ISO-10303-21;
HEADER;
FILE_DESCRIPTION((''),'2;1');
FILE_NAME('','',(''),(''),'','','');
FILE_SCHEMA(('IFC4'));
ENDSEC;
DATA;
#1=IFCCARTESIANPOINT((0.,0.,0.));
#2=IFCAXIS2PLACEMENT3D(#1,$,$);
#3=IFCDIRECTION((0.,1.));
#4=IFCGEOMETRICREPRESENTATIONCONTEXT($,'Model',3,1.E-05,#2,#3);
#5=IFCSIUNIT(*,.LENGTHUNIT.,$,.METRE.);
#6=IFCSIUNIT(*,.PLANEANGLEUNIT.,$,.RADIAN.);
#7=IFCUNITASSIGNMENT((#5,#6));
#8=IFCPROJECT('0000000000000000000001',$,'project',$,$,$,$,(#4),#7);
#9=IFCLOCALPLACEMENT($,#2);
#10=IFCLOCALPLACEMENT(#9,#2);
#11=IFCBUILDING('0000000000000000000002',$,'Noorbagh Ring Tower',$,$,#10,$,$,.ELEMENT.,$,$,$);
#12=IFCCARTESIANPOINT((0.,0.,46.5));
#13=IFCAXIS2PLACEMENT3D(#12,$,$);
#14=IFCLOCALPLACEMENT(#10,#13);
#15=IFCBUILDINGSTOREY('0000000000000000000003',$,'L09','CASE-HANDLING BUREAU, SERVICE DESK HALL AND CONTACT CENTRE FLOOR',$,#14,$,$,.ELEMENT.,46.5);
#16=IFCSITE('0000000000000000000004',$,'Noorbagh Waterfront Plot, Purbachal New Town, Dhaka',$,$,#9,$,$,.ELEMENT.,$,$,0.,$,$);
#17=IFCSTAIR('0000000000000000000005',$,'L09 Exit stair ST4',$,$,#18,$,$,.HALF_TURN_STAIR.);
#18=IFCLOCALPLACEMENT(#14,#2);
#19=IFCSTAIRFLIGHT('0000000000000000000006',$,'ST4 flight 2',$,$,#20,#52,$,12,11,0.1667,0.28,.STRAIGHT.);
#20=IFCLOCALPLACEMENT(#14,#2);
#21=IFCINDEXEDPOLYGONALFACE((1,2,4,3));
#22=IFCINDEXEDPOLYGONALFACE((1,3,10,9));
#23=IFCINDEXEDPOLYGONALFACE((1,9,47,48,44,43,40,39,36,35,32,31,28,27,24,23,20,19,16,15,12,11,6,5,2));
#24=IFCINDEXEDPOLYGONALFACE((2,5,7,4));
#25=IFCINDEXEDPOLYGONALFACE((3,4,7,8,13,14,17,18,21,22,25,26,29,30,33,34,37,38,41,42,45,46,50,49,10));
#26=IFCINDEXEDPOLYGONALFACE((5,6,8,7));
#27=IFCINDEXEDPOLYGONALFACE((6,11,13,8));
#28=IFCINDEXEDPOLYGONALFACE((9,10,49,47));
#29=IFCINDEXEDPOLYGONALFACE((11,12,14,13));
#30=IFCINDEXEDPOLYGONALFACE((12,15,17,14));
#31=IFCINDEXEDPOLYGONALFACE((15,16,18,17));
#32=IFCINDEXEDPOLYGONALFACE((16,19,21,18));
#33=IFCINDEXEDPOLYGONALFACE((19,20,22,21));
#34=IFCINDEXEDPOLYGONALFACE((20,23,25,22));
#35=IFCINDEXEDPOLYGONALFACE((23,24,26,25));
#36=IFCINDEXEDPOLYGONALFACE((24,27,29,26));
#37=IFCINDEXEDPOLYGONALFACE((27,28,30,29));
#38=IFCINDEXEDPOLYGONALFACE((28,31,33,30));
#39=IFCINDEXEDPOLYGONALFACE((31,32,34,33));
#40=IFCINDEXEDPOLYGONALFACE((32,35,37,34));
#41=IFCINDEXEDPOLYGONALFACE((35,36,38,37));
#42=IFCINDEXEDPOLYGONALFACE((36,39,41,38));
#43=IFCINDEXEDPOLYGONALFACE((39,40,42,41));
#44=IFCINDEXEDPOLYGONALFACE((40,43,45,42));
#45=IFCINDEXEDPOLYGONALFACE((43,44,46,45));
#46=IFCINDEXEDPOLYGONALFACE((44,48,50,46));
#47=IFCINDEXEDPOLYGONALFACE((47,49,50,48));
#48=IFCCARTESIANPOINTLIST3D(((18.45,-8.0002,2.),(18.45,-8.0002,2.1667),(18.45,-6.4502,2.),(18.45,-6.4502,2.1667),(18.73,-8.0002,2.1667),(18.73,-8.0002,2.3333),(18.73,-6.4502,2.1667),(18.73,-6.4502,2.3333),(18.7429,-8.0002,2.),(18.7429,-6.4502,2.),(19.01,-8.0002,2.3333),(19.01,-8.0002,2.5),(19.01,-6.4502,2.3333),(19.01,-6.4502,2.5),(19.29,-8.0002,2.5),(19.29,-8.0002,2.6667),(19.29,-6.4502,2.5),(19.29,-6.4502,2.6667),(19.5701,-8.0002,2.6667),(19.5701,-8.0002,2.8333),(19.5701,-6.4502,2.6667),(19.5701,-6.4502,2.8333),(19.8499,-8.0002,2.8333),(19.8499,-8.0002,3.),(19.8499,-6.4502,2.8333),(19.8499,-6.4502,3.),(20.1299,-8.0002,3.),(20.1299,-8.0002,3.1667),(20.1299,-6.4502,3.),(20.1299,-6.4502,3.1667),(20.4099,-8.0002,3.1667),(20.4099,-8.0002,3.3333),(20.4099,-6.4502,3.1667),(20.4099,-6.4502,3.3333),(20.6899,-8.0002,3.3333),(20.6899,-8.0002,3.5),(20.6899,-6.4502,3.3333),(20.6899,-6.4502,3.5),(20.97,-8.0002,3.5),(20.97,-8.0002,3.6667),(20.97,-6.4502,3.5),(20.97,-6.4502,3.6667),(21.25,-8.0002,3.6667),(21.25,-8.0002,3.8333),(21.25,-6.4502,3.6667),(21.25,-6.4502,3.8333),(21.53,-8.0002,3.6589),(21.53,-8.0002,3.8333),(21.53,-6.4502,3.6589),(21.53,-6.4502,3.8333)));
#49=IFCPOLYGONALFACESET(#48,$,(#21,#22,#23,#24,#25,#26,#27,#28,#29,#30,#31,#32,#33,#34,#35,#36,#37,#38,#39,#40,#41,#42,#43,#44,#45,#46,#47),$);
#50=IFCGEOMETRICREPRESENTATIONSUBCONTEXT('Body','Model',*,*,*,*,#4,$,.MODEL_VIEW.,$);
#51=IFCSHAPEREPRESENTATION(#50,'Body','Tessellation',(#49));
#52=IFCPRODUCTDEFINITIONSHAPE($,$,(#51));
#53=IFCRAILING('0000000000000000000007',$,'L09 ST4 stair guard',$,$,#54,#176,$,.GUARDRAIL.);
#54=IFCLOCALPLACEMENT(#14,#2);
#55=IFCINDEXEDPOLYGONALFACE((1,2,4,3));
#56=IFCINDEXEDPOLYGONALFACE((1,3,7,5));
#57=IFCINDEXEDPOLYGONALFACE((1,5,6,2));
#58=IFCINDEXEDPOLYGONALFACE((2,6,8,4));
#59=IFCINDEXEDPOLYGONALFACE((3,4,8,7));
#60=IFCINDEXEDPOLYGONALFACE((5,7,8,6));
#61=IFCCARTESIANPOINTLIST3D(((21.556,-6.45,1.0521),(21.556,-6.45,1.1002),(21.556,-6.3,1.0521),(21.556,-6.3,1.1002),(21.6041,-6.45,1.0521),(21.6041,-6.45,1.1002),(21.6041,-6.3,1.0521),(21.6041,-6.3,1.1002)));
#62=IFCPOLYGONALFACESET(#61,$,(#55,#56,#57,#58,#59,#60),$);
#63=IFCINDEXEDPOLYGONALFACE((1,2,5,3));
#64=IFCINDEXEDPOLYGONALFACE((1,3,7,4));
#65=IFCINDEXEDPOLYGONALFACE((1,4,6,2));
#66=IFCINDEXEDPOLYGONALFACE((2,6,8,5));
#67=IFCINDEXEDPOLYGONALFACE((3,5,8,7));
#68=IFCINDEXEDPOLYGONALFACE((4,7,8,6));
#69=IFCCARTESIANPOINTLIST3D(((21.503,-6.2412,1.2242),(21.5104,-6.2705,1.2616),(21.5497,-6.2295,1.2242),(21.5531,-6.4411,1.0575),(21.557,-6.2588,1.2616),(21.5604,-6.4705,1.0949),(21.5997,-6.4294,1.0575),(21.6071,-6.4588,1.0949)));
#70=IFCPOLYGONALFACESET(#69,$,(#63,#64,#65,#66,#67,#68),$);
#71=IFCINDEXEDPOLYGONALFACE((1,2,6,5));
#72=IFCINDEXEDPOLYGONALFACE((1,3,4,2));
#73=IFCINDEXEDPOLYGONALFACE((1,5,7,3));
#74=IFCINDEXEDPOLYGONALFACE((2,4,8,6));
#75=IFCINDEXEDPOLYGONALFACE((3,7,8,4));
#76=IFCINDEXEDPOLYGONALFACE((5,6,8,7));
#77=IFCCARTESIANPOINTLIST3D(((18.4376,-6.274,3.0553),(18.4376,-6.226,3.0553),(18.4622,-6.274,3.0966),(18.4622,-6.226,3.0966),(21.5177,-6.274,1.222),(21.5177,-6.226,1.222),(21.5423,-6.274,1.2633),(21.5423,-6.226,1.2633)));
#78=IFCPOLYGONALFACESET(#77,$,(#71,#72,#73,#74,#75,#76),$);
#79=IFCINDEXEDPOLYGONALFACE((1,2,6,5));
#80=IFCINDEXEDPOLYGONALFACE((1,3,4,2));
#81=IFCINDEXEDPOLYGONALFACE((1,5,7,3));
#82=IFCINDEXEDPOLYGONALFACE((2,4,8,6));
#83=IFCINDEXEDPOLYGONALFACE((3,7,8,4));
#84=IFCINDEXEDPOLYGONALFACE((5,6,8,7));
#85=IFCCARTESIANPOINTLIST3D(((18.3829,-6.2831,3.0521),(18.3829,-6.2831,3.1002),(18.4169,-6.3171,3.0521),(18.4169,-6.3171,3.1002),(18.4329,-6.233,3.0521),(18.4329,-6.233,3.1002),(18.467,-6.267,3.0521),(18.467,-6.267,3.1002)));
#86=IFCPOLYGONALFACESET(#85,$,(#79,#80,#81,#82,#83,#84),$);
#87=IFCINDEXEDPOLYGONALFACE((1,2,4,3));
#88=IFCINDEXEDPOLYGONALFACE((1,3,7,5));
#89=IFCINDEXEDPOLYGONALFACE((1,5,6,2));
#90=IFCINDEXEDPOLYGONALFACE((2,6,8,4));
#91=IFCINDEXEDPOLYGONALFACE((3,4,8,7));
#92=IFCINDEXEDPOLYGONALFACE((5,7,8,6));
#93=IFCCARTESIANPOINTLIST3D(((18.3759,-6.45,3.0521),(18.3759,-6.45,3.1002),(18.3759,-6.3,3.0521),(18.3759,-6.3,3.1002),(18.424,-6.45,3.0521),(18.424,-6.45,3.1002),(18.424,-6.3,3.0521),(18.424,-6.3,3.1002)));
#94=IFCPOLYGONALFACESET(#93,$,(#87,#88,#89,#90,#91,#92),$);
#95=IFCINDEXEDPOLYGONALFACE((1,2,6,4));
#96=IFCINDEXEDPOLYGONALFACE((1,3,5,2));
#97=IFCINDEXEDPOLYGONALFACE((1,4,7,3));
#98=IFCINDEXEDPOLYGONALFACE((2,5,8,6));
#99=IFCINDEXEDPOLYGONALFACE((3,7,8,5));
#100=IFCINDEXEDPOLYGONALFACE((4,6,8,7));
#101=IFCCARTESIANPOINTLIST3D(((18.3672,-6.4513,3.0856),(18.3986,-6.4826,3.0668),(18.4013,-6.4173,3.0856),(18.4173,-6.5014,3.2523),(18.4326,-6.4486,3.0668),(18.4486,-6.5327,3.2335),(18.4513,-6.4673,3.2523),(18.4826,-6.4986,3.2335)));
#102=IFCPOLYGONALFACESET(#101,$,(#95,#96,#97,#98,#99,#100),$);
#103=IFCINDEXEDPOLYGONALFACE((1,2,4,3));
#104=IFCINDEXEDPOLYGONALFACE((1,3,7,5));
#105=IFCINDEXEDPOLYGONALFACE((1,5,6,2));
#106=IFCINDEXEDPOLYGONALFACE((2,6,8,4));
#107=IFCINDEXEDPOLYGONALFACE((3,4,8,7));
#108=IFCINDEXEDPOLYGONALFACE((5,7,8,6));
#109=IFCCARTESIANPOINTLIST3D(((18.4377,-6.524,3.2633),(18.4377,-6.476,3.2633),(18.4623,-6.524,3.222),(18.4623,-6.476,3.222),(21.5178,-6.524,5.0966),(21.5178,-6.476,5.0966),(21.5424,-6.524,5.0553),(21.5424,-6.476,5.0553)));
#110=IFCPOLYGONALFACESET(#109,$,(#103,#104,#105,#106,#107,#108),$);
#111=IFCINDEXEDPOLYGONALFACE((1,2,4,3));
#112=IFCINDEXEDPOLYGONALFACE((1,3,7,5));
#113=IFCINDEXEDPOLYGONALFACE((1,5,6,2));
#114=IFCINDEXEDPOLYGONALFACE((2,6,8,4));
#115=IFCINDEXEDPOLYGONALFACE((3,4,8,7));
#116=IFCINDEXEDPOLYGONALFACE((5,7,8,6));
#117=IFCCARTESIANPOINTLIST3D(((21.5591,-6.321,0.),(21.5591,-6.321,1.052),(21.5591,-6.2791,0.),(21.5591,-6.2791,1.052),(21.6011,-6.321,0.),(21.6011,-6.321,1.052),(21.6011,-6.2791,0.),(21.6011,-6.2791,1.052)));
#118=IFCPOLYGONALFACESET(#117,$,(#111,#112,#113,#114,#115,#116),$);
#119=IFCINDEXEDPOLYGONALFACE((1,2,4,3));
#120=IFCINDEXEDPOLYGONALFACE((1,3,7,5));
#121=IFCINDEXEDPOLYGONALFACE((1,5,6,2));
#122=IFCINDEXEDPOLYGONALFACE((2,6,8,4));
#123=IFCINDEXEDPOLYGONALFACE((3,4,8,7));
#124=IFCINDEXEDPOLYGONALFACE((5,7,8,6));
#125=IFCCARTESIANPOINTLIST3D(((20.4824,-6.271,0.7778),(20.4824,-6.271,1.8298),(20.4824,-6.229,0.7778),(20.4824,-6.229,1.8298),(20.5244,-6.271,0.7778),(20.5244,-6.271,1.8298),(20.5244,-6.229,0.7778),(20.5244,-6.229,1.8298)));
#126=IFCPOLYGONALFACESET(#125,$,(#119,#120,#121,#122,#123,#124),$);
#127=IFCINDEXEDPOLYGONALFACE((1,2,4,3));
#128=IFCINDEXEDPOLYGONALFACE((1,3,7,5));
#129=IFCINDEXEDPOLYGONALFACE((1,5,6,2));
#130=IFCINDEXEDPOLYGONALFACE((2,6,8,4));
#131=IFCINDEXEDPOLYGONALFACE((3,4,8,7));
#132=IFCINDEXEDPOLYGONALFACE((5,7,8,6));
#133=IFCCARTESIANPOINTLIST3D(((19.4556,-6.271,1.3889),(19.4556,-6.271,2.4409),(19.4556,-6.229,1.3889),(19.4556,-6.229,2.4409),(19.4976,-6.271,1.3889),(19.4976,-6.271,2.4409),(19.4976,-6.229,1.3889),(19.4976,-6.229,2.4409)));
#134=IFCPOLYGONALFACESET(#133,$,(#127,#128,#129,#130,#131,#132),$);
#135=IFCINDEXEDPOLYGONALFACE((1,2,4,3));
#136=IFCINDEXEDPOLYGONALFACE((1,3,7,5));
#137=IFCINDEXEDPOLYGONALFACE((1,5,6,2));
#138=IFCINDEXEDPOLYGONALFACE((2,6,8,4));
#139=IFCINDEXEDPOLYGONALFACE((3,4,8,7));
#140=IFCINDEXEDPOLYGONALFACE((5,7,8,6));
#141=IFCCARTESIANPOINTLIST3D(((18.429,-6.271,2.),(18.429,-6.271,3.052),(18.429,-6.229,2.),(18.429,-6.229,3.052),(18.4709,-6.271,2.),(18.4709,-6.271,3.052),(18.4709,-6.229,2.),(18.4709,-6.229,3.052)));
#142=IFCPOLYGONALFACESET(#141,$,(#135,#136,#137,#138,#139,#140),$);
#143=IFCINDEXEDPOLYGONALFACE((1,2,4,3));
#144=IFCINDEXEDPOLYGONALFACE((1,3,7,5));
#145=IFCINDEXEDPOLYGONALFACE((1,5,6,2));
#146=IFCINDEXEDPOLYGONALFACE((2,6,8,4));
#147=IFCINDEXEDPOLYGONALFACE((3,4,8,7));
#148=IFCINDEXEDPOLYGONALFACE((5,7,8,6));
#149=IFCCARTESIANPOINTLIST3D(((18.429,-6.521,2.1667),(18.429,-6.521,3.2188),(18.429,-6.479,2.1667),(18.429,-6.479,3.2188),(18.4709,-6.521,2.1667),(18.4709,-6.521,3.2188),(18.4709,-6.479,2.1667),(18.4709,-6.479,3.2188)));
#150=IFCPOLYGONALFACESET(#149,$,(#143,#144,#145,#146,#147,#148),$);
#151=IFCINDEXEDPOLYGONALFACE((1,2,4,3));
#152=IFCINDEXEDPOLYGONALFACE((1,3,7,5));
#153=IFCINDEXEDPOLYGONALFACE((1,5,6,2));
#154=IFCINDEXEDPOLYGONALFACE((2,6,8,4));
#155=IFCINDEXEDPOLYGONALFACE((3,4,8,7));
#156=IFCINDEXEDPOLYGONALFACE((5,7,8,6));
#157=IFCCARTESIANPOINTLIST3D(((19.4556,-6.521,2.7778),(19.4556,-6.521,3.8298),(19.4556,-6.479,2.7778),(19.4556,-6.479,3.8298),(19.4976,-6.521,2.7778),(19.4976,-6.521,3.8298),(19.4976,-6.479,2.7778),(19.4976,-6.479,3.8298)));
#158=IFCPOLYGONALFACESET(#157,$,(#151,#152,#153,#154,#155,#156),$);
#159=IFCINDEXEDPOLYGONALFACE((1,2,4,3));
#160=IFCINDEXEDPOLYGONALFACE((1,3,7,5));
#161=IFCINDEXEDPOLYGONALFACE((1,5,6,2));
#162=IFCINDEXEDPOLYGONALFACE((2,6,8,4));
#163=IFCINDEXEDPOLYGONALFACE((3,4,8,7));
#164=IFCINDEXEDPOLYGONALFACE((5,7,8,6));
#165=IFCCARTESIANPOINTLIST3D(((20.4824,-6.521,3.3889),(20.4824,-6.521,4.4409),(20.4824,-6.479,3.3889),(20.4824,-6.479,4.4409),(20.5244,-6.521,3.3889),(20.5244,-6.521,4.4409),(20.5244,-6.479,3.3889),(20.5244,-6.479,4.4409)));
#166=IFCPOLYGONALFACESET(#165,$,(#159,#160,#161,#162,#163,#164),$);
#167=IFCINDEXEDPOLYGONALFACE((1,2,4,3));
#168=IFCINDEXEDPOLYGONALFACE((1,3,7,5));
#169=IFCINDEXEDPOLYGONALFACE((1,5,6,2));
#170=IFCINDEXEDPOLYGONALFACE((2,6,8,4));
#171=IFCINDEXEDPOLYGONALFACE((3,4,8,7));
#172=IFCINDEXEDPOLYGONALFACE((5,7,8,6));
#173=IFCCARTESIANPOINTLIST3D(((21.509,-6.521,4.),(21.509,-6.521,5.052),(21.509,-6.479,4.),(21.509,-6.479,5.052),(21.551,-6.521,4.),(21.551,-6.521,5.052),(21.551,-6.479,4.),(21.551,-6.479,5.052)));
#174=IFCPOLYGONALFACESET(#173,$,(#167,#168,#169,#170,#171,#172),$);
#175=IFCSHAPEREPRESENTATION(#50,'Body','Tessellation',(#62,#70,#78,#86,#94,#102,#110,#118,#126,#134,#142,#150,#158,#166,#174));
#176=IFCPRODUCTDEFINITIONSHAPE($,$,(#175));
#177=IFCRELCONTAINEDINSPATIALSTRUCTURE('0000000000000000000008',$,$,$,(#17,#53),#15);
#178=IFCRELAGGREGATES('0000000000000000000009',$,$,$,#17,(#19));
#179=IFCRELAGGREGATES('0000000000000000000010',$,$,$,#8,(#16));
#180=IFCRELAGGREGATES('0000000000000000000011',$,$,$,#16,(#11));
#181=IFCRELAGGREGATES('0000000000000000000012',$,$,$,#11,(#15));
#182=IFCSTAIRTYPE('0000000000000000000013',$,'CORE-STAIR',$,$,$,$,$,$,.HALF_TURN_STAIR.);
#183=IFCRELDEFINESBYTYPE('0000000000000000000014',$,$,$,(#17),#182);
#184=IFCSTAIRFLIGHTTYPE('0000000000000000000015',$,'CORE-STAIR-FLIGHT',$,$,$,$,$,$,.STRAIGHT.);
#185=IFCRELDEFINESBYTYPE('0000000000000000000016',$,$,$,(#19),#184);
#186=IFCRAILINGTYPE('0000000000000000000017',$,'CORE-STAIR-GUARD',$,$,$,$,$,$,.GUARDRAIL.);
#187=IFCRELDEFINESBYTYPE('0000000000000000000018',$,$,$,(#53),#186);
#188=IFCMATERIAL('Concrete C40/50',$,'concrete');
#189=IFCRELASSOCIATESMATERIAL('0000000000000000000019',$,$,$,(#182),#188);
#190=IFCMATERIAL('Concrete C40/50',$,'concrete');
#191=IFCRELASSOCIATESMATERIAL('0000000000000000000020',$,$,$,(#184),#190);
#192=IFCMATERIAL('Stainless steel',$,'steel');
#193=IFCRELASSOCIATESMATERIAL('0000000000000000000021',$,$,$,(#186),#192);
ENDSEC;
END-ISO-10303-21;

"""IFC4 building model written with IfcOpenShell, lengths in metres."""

from ifc_helpers import new_model, si_unit, direction, frame, origin, origin_2d, place, context, subcontext, project, spatial, polyline, rectangle, outline, extrude, material, type_object, element, aggregate, save


model = new_model("IFC4")

# Units and contexts
model_context = context("Model", 3, precision=1e-05, world=origin(), true_north=direction((0.0, 1.0)))
body_context = subcontext(model_context, "Body", "Model", "MODEL_VIEW")
ifc_project = project(units=[si_unit("LENGTHUNIT", "METRE"), si_unit("PLANEANGLEUNIT", "RADIAN")], contexts=[model_context])

# Site, building, storey
site_placement = place(None, origin())
site = spatial("IfcSite", under=ifc_project, at=site_placement, Name="Noorbagh Waterfront Plot, Purbachal New Town, Dhaka", CompositionType="ELEMENT", RefElevation=0.0)
building_placement = place(site_placement, origin())
building = spatial("IfcBuilding", under=site, at=building_placement, Name="Noorbagh Ring Tower", CompositionType="ELEMENT")
storey_placement = place(building_placement, frame((0.0, 0.0, 46.5)))
storey = spatial("IfcBuildingStorey", under=building, at=storey_placement, Name="L09", Description="CASE-HANDLING BUREAU, SERVICE DESK HALL AND CONTACT CENTRE FLOOR", CompositionType="ELEMENT", Elevation=46.5)

# Stair, stair flight
ifc_material_1 = material(Name="Concrete C40/50", Category="concrete")
stair_type = type_object("IfcStairType", Name="CORE-STAIR", PredefinedType="HALF_TURN_STAIR", material=ifc_material_1)
stair_placement = place(storey_placement, origin())
stair = element("IfcStair", 1, at=stair_placement, inside=storey, type_object=stair_type, Name="L09 Exit stair ST4", PredefinedType="HALF_TURN_STAIR")
ifc_material_2 = material(Name="Concrete C40/50", Category="concrete")
stair_flight_type = type_object("IfcStairFlightType", Name="CORE-STAIR-FLIGHT", PredefinedType="STRAIGHT", material=ifc_material_2)
stair_flight_1_placement = place(storey_placement, frame((18.45, -7.2251, 2.0), z_axis=(0.0, 0.0, 1.0), x_axis=(1.0, 0.0, 0.0)))
stair_flight_1 = element("IfcStairFlight", 2, at=stair_flight_1_placement, type_object=stair_flight_type, Name="ST4 flight 2", NumberOfRisers=12, NumberOfTreads=11, PredefinedType="STRAIGHT", RiserHeight=0.1667, TreadLength=0.28, context=body_context, shape_type="SweptSolid", body=[
    extrude(outline(polyline([(0.0, 0.0), (0.0, 0.1667), (0.28, 0.1667), (0.28, 0.3333), (0.5601, 0.3333), (0.5601, 0.5), (0.8401, 0.5), (0.8401, 0.6667), (1.1201, 0.6667), (1.1201, 0.8333), (1.3999, 0.8333), (1.3999, 1.0), (1.6799, 1.0), (1.6799, 1.1667), (1.96, 1.1667), (1.96, 1.3333), (2.24, 1.3333), (2.24, 1.5), (2.52, 1.5), (2.52, 1.6667), (2.8, 1.6667), (2.8, 1.8333), (3.0801, 1.8333), (3.0801, 2.0), (3.0801, 1.6589), (0.293, 0.0), (0.0, 0.0)])), frame((0.0, 0.7749, 0.0), z_axis=(0.0, -1.0, 0.0), x_axis=(1.0, 0.0, 0.0)), (0.0, 0.0, 1.0), 1.55),
])
aggregate(stair, [stair_flight_1])

# Railing
ifc_material_3 = material(Name="Stainless steel", Category="steel")
railing_type_1 = type_object("IfcRailingType", Name="CORE-STAIR-GUARD", PredefinedType="GUARDRAIL", material=ifc_material_3)
railing_1_placement = place(storey_placement, frame((21.5801, -6.3, 0.0)))
element("IfcRailing", 3, at=railing_1_placement, inside=storey, type_object=railing_type_1, Name="L09 ST4 stair guard", PredefinedType="GUARDRAIL", context=body_context, shape_type="SweptSolid", body=[
    extrude(rectangle(XDim=0.0481, YDim=0.0481, at=origin_2d()), frame((0.0, 0.0, 1.0762), z_axis=(0.0, -1.0, 0.0), x_axis=(1.0, 0.0, 0.0)), (0.0, 0.0, 1.0), 0.1499),
    extrude(rectangle(XDim=0.0481, YDim=0.0481, at=origin_2d()), frame((0.0, -0.1499, 1.0762), z_axis=(-0.188776, 0.754182, 0.628946), x_axis=(-0.970073, -0.242814, 0.0)), (0.0, 0.0, 1.0), 0.2651),
    extrude(rectangle(XDim=0.0481, YDim=0.0481, at=origin_2d()), frame((-0.05, 0.05, 1.2427), z_axis=(-0.859309, 0.0, 0.511458), x_axis=(0.0, -1.0, 0.0)), (0.0, 0.0, 1.0), 3.5845),
    extrude(rectangle(XDim=0.0481, YDim=0.0481, at=origin_2d()), frame((-3.1301, 0.05, 3.0762), z_axis=(-0.707107, -0.707107, 0.0), x_axis=(0.707107, -0.707107, 0.0)), (0.0, 0.0, 1.0), 0.0708),
    extrude(rectangle(XDim=0.0481, YDim=0.0481, at=origin_2d()), frame((-3.1802, 0.0, 3.0762), z_axis=(0.0, -1.0, 0.0), x_axis=(1.0, 0.0, 0.0)), (0.0, 0.0, 1.0), 0.1499),
    extrude(rectangle(XDim=0.0481, YDim=0.0481, at=origin_2d()), frame((-3.1802, -0.1499, 3.0762), z_axis=(0.276287, -0.276287, 0.920506), x_axis=(0.707107, 0.707107, 0.0)), (0.0, 0.0, 1.0), 0.1812),
    extrude(rectangle(XDim=0.0481, YDim=0.0481, at=origin_2d()), frame((-3.1301, -0.2, 3.2427), z_axis=(0.859309, 0.0, 0.511458), x_axis=(0.0, 1.0, 0.0)), (0.0, 0.0, 1.0), 3.5845),
    extrude(rectangle(XDim=0.042, YDim=0.042, at=origin_2d()), origin(), (0.0, 0.0, 1.0), 1.052),
    extrude(rectangle(XDim=0.042, YDim=0.042, at=origin_2d()), frame((-1.0767, 0.05, 0.7778)), (0.0, 0.0, 1.0), 1.052),
    extrude(rectangle(XDim=0.042, YDim=0.042, at=origin_2d()), frame((-2.1035, 0.05, 1.3889)), (0.0, 0.0, 1.0), 1.052),
    extrude(rectangle(XDim=0.042, YDim=0.042, at=origin_2d()), frame((-3.1301, 0.05, 2.0)), (0.0, 0.0, 1.0), 1.052),
    extrude(rectangle(XDim=0.042, YDim=0.042, at=origin_2d()), frame((-3.1301, -0.2, 2.1667)), (0.0, 0.0, 1.0), 1.052),
    extrude(rectangle(XDim=0.042, YDim=0.042, at=origin_2d()), frame((-2.1035, -0.2, 2.7778)), (0.0, 0.0, 1.0), 1.052),
    extrude(rectangle(XDim=0.042, YDim=0.042, at=origin_2d()), frame((-1.0767, -0.2, 3.3889)), (0.0, 0.0, 1.0), 1.052),
    extrude(rectangle(XDim=0.042, YDim=0.042, at=origin_2d()), frame((-0.05, -0.2, 4.0)), (0.0, 0.0, 1.0), 1.052),
])

save(model, "model.ifc")
